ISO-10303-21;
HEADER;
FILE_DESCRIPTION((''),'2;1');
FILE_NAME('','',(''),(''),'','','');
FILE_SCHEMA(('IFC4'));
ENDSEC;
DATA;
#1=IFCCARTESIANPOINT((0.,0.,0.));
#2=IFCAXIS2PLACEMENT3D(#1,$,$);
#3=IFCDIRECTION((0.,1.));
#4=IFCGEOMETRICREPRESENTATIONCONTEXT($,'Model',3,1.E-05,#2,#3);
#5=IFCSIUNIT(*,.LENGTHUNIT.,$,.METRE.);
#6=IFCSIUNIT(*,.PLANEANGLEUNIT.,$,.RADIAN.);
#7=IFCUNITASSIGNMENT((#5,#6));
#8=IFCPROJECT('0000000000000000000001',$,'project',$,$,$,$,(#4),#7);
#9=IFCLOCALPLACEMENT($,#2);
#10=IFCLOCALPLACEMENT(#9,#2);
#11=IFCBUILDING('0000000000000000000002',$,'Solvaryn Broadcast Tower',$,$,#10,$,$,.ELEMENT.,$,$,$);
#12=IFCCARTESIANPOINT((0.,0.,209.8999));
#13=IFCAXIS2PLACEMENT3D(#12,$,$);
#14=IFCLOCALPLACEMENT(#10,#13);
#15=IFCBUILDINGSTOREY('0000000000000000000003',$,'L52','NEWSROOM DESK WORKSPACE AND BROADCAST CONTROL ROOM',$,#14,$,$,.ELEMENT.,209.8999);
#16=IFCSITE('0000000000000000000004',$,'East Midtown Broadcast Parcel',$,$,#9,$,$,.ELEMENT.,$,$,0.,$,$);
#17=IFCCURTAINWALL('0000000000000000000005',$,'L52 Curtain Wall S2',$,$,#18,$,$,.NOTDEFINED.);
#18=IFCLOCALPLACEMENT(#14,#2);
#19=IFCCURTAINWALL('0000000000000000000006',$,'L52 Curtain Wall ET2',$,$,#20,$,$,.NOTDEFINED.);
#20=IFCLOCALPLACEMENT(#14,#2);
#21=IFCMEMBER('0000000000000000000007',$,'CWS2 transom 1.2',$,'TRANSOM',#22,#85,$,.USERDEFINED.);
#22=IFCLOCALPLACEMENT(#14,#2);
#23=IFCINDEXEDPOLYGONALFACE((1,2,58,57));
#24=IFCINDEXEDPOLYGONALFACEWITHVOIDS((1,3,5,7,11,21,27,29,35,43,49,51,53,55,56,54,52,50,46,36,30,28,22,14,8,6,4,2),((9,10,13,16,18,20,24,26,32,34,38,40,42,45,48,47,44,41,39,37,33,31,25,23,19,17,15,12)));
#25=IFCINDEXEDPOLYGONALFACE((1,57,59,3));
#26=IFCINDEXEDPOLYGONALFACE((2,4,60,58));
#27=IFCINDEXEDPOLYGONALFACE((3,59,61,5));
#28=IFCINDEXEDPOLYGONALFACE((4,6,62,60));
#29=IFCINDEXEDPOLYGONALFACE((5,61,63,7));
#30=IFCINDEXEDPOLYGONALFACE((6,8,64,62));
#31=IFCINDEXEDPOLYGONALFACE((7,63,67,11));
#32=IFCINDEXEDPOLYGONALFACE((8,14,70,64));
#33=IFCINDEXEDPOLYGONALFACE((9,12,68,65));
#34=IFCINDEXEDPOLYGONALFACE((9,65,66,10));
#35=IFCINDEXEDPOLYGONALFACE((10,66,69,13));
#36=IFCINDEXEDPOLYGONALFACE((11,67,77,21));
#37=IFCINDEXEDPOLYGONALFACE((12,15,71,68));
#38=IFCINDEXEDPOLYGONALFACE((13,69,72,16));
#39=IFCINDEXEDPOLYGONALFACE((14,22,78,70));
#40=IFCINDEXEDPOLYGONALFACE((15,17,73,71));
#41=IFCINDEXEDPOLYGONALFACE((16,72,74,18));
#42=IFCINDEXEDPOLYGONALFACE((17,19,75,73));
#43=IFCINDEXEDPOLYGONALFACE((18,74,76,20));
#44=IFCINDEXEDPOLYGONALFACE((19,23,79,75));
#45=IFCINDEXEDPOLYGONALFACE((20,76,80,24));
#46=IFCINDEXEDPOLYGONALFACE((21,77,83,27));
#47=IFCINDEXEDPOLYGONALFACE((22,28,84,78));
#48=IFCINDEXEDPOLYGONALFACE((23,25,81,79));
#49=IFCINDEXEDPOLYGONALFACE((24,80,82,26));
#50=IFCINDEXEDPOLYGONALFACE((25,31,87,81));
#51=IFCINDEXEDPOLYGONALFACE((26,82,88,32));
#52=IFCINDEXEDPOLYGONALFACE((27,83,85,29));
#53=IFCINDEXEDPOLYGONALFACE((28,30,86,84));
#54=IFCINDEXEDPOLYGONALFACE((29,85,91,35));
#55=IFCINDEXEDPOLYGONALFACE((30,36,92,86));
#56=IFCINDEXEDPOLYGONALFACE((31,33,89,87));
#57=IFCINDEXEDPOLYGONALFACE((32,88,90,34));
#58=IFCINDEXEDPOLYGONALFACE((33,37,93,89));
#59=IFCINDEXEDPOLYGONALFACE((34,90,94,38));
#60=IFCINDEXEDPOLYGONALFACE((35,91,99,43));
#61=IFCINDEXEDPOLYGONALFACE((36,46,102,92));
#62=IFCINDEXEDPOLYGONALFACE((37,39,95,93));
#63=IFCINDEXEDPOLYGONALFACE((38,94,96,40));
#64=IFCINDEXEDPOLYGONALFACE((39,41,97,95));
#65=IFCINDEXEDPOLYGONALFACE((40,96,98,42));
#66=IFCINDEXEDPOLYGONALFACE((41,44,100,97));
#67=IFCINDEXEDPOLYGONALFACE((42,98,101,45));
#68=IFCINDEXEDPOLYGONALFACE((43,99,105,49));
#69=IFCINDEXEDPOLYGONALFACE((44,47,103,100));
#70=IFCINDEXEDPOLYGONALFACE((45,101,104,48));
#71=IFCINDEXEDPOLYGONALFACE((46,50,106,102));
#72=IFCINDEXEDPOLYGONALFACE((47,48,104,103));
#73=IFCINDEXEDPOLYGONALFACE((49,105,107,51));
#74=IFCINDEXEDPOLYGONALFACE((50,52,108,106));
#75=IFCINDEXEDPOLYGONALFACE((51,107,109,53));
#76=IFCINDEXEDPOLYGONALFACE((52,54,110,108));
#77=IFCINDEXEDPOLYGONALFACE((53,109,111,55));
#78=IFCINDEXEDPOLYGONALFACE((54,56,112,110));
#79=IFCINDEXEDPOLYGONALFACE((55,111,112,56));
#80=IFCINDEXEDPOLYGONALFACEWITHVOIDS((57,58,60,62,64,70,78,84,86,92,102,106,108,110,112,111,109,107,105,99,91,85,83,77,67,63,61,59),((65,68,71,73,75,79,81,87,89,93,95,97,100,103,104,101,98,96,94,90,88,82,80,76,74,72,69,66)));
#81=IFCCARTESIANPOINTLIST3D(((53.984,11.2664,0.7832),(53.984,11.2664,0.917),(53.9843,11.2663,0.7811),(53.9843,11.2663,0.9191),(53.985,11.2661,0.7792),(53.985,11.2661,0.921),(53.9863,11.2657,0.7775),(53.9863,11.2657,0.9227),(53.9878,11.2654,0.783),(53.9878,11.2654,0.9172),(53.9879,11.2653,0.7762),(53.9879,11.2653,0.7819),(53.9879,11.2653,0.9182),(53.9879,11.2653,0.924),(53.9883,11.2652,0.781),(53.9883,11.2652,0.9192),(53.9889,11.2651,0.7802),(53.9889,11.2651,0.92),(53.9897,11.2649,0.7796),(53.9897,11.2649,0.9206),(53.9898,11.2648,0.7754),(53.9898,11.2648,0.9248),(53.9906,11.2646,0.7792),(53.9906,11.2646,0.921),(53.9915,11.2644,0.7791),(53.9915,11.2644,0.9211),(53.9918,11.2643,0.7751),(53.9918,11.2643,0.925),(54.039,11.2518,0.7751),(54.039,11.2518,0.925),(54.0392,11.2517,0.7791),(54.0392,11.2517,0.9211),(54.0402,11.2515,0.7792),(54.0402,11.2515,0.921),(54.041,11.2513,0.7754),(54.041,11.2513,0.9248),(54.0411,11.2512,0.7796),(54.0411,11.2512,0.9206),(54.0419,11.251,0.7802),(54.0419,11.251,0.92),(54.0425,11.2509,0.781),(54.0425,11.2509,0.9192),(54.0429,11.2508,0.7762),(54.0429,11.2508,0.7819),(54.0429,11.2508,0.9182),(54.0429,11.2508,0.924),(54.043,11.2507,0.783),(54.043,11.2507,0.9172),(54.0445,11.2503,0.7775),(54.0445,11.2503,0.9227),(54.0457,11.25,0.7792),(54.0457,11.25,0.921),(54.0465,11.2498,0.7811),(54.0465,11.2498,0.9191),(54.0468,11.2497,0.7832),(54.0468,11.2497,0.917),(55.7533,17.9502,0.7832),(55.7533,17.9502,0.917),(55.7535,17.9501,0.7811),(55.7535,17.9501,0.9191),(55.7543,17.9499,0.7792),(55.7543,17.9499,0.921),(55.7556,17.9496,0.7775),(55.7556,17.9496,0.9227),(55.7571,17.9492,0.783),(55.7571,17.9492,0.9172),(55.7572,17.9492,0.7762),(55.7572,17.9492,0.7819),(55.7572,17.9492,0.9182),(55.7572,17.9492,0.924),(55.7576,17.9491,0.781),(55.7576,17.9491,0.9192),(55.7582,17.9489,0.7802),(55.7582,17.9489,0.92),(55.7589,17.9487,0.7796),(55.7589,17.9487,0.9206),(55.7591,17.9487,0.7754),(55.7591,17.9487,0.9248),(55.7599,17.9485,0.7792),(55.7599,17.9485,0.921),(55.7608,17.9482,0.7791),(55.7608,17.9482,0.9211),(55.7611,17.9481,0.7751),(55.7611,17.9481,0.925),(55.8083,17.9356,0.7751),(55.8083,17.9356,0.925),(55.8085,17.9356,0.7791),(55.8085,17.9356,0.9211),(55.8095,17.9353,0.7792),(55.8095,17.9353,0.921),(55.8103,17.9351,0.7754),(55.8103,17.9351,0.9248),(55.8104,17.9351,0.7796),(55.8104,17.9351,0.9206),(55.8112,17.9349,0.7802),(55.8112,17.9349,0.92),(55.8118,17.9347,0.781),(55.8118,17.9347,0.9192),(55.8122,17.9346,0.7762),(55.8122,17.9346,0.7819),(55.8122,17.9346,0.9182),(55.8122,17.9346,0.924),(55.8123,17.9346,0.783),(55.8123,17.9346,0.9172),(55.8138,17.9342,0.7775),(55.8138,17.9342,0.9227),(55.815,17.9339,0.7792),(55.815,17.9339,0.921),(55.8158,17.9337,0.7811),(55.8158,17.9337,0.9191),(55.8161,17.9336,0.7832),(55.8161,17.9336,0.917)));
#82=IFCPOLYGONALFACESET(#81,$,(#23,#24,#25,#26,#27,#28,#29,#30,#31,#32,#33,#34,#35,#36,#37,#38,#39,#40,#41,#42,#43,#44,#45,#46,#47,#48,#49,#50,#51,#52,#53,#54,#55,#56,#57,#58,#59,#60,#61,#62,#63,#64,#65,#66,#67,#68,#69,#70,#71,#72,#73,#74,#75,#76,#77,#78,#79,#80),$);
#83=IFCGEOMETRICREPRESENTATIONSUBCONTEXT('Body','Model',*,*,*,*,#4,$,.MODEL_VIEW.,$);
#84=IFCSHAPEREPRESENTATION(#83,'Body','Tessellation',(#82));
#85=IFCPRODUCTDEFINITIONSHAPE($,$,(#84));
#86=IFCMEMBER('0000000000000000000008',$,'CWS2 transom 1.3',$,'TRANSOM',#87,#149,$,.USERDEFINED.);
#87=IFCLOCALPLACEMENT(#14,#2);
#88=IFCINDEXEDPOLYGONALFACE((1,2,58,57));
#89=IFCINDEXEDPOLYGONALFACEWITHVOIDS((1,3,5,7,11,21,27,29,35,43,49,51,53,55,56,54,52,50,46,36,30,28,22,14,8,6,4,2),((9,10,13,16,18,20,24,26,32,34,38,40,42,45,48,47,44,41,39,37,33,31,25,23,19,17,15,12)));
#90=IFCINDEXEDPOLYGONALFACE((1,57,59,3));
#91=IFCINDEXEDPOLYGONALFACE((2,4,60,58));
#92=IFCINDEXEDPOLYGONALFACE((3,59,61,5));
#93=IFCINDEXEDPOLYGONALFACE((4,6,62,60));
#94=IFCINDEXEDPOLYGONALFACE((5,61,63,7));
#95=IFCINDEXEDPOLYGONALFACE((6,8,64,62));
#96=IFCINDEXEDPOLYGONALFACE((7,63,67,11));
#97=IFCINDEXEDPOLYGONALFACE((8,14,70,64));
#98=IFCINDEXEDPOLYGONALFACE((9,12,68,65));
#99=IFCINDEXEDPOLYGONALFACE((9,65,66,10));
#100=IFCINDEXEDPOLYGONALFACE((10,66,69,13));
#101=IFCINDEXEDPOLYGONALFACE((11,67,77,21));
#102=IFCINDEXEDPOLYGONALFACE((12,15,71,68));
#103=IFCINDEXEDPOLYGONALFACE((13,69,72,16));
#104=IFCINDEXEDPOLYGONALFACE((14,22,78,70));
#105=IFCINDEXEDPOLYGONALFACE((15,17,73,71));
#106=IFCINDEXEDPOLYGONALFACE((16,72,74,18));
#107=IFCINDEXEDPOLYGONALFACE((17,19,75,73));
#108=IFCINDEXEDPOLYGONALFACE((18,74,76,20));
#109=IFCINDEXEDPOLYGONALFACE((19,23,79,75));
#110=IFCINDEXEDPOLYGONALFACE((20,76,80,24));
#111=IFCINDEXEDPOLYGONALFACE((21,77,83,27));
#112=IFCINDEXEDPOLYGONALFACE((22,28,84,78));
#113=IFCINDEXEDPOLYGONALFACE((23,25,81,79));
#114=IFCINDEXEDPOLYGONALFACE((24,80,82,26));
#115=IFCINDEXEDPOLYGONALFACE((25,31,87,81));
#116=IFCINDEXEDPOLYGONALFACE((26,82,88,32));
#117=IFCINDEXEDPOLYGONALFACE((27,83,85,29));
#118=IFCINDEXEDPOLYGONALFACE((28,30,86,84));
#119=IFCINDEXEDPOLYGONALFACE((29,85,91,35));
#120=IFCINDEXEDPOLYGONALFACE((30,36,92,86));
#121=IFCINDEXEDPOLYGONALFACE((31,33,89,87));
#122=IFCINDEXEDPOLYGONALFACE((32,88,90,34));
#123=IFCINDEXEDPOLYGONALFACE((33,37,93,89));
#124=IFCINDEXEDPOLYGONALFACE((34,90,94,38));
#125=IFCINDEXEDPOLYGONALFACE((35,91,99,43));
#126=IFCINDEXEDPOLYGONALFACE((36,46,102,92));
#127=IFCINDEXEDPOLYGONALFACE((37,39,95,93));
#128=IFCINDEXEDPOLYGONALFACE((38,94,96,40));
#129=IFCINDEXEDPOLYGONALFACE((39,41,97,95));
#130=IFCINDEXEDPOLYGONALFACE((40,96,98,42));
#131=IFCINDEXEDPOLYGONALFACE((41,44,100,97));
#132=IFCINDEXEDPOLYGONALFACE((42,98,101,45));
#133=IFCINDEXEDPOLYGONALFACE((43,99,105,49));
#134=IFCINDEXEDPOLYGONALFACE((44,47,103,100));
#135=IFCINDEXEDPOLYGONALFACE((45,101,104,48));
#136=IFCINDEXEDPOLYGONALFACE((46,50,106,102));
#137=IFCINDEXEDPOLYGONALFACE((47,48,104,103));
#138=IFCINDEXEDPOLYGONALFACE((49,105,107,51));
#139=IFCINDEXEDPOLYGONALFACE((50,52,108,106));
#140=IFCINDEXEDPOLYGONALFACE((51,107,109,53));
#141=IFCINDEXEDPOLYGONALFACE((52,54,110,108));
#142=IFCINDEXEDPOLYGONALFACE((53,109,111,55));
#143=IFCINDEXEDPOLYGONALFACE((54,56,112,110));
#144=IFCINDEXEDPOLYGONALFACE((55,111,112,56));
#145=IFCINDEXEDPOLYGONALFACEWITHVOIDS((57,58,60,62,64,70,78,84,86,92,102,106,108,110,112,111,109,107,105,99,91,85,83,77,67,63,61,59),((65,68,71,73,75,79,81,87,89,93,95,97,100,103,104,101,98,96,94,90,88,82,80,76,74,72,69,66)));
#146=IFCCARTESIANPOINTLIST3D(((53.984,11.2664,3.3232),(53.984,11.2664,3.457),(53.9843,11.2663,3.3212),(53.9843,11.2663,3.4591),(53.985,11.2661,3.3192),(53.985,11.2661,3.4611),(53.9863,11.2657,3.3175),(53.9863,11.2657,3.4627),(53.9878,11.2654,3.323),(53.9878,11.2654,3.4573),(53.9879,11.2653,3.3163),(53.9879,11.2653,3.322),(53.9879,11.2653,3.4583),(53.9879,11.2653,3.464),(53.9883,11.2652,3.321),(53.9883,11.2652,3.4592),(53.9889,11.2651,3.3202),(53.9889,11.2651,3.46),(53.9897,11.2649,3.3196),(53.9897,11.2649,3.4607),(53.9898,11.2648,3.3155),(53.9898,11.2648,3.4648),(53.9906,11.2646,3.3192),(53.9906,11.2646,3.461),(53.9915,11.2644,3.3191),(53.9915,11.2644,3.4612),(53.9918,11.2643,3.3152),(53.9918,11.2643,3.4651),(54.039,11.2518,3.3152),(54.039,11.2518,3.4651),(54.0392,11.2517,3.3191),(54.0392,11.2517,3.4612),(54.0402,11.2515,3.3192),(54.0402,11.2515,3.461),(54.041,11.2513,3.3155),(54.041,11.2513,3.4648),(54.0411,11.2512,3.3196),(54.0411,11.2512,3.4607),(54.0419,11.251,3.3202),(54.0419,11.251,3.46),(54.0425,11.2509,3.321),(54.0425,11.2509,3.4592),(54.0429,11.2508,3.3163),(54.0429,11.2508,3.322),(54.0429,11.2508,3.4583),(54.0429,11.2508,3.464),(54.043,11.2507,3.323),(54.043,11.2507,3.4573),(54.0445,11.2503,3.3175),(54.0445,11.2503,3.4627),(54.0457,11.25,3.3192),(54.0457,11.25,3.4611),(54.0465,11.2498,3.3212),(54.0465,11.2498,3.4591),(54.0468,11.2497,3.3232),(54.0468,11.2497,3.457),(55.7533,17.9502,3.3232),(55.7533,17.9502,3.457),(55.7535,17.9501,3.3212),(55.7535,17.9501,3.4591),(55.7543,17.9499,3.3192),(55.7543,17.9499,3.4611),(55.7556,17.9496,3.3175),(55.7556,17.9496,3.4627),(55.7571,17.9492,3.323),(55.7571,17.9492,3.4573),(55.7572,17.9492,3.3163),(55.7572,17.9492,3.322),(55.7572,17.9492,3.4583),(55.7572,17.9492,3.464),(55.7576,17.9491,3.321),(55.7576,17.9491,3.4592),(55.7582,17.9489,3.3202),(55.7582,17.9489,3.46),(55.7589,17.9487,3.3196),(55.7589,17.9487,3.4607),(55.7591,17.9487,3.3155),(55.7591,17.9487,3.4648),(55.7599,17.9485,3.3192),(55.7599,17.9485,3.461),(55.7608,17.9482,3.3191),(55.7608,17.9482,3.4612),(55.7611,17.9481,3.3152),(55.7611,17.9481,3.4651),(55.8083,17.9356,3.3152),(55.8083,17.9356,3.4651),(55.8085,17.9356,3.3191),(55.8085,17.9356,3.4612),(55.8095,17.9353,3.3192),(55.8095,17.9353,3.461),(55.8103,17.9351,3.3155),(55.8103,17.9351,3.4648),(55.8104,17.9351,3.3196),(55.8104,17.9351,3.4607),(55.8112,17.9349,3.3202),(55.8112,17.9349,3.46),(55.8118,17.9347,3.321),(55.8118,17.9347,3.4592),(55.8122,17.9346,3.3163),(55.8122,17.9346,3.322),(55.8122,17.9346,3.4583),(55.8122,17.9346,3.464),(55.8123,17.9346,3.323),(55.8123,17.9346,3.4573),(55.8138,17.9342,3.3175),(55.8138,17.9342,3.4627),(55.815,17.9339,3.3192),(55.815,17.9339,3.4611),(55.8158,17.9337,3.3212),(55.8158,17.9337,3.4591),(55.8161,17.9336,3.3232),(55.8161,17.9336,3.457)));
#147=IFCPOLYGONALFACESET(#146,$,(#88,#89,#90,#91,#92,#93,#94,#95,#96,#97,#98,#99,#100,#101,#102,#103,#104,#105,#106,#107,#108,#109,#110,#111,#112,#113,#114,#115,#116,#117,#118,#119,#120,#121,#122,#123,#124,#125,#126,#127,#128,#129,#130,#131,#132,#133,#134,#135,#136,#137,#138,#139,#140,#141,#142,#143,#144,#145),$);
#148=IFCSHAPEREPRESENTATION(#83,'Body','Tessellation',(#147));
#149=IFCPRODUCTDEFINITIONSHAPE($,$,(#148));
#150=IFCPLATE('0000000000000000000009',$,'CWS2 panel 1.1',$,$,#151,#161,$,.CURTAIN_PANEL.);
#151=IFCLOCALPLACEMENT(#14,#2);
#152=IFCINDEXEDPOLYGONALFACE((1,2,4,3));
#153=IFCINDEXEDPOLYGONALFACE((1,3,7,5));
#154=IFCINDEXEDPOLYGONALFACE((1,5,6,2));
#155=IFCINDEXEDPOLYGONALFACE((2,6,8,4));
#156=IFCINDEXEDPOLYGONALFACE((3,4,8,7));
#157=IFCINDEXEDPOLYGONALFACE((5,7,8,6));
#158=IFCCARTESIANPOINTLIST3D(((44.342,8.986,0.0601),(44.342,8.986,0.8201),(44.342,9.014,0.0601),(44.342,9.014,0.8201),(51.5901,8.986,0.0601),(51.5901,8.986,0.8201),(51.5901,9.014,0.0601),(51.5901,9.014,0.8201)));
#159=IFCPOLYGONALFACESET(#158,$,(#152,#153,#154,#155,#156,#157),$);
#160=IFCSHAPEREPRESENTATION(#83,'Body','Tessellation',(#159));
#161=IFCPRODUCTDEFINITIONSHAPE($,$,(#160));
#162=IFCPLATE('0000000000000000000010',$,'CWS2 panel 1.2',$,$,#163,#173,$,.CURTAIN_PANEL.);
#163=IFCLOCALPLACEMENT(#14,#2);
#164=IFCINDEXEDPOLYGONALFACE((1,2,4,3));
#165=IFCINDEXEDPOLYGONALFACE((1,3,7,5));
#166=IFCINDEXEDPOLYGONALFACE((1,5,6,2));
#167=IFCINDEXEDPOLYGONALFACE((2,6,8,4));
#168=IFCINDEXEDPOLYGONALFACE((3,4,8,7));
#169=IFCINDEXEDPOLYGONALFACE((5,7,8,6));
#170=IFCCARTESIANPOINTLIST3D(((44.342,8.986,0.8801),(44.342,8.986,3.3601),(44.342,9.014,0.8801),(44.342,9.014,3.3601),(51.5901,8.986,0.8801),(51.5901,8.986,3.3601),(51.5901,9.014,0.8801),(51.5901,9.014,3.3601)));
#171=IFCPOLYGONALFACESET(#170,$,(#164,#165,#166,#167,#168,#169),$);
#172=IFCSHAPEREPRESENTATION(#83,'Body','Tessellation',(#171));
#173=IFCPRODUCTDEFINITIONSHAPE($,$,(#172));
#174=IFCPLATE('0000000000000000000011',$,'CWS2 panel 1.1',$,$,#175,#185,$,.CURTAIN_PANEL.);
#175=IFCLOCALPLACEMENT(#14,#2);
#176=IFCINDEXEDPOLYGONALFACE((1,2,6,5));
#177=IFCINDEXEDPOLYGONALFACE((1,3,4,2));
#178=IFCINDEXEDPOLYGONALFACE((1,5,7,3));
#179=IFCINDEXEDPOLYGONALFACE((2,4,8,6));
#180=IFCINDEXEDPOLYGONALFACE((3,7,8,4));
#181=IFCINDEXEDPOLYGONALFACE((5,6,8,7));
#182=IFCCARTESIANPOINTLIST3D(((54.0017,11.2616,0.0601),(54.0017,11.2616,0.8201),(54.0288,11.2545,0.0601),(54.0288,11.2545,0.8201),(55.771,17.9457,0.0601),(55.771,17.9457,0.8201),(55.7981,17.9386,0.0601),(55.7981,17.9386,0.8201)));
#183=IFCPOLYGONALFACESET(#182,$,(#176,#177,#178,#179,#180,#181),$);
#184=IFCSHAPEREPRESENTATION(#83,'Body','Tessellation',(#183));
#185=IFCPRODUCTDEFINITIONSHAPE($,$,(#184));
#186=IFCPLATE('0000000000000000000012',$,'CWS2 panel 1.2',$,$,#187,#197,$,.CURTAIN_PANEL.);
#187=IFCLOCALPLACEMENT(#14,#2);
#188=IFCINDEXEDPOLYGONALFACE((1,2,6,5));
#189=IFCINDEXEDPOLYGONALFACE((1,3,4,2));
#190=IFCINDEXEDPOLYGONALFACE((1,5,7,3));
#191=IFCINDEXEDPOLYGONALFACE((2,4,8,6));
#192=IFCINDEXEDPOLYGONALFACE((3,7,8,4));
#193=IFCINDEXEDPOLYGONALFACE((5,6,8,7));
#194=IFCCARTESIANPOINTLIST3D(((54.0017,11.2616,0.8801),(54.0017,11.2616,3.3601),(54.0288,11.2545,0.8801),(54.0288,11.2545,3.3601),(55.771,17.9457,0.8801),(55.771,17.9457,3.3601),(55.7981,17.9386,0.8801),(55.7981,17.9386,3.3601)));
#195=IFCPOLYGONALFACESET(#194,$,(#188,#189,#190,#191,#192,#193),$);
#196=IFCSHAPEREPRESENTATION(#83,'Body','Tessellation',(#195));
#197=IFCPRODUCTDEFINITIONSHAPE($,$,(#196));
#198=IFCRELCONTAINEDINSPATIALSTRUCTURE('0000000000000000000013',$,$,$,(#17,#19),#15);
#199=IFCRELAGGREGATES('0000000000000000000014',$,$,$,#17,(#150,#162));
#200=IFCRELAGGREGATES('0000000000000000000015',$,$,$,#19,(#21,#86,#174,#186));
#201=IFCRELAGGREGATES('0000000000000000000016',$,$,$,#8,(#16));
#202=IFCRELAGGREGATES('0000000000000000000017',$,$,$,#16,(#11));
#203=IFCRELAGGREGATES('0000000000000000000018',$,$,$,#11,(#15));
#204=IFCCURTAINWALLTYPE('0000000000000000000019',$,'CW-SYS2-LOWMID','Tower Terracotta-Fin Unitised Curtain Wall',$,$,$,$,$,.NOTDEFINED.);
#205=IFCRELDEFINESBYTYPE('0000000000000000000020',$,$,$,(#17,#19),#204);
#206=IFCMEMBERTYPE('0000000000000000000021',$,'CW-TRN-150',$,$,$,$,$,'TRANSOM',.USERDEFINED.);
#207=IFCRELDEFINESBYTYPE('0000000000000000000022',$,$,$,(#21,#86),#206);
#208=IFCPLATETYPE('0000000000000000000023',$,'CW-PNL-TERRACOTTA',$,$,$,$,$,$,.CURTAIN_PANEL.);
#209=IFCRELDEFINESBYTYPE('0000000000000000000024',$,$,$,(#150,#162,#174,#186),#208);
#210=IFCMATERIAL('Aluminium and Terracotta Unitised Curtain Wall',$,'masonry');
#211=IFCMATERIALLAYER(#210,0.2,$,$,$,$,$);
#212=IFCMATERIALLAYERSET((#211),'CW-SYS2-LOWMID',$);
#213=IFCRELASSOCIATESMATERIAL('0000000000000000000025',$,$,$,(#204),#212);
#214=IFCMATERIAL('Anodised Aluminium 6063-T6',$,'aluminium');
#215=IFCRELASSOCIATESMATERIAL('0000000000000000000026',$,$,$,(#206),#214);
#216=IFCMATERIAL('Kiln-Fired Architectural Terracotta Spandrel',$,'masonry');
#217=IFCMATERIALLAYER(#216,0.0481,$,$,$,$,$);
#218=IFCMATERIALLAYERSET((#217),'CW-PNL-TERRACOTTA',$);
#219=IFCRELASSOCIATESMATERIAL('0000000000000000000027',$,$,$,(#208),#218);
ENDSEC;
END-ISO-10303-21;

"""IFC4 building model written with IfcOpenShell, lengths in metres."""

from ifc_helpers import new_model, si_unit, direction, frame, origin, origin_2d, place, context, subcontext, project, spatial, rectangle, hollow_rectangle, extrude, material, layer, layer_set, material_profile, profile_set, type_object, element, aggregate, save


model = new_model("IFC4")

# Units and contexts
model_context = context("Model", 3, precision=1e-05, world=origin(), true_north=direction((0.0, 1.0)))
body_context = subcontext(model_context, "Body", "Model", "MODEL_VIEW")
ifc_project = project(units=[si_unit("LENGTHUNIT", "METRE"), si_unit("PLANEANGLEUNIT", "RADIAN")], contexts=[model_context])

# Site, building, storey
site_placement = place(None, origin())
site = spatial("IfcSite", under=ifc_project, at=site_placement, Name="East Midtown Broadcast Parcel", CompositionType="ELEMENT", RefElevation=0.0)
building_placement = place(site_placement, origin())
building = spatial("IfcBuilding", under=site, at=building_placement, Name="Solvaryn Broadcast Tower", CompositionType="ELEMENT")
storey_placement = place(building_placement, frame((0.0, 0.0, 209.8999)))
storey = spatial("IfcBuildingStorey", under=building, at=storey_placement, Name="L52", Description="NEWSROOM DESK WORKSPACE AND BROADCAST CONTROL ROOM", CompositionType="ELEMENT", Elevation=209.8999)

# Curtain wall
ifc_material_1 = material(Name="Aluminium and Terracotta Unitised Curtain Wall", Category="masonry")
ifc_layer_1 = layer(ifc_material_1, 0.2)
ifc_layer_set_1 = layer_set([ifc_layer_1], Name="CW-SYS2-LOWMID")
curtain_wall_type = type_object("IfcCurtainWallType", Name="CW-SYS2-LOWMID", Description="Tower Terracotta-Fin Unitised Curtain Wall", PredefinedType="NOTDEFINED", material=ifc_layer_set_1)
curtain_wall_1_placement = place(storey_placement, origin())
curtain_wall_1 = element("IfcCurtainWall", 1, at=curtain_wall_1_placement, inside=storey, type_object=curtain_wall_type, Name="L52 Curtain Wall S2", PredefinedType="NOTDEFINED")

# Curtain wall, members
curtain_wall_2_placement = place(storey_placement, origin())
curtain_wall_2 = element("IfcCurtainWall", 2, at=curtain_wall_2_placement, inside=storey, type_object=curtain_wall_type, Name="L52 Curtain Wall ET2", PredefinedType="NOTDEFINED")
ifc_material_2 = material(Name="Anodised Aluminium 6063-T6", Category="aluminium")
ifc_material_profile_1 = material_profile(ifc_material_2, hollow_rectangle(XDim=0.0649, YDim=0.1499, WallThickness=0.0039, InnerFilletRadius=0.0039, OuterFilletRadius=0.0081, at=origin_2d()))
ifc_profile_set_1 = profile_set([ifc_material_profile_1], Name="Anodised Aluminium 6063-T6")
member_type_1 = type_object("IfcMemberType", Name="CW-TRN-150", ElementType="TRANSOM", PredefinedType="USERDEFINED", material=ifc_profile_set_1)
member_1_placement = place(storey_placement, frame((55.7847, 17.9419, 0.8501), z_axis=(-0.255897, -0.966704, 0.0), x_axis=(0.966704, -0.255897, 0.0)))
member_1 = element("IfcMember", 3, at=member_1_placement, type_object=member_type_1, Name="CWS2 transom 1.2", ObjectType="TRANSOM", PredefinedType="USERDEFINED", context=body_context, shape_type="SweptSolid", body=[
    extrude(hollow_rectangle(XDim=0.0649, YDim=0.1499, WallThickness=0.0039, InnerFilletRadius=0.0039, OuterFilletRadius=0.0081, at=origin_2d()), origin(), (0.0, 0.0, 1.0), 6.9141),
])
member_2_placement = place(storey_placement, frame((55.7847, 17.9419, 3.3901), z_axis=(-0.255897, -0.966704, 0.0), x_axis=(0.966704, -0.255897, 0.0)))
member_2 = element("IfcMember", 4, at=member_2_placement, type_object=member_type_1, Name="CWS2 transom 1.3", ObjectType="TRANSOM", PredefinedType="USERDEFINED", context=body_context, shape_type="SweptSolid", body=[
    extrude(hollow_rectangle(XDim=0.0649, YDim=0.1499, WallThickness=0.0039, InnerFilletRadius=0.0039, OuterFilletRadius=0.0081, at=origin_2d()), origin(), (0.0, 0.0, 1.0), 6.9141),
])

# Plates
ifc_material_3 = material(Name="Kiln-Fired Architectural Terracotta Spandrel", Category="masonry")
ifc_layer_2 = layer(ifc_material_3, 0.0481)
ifc_layer_set_2 = layer_set([ifc_layer_2], Name="CW-PNL-TERRACOTTA")
plate_type = type_object("IfcPlateType", Name="CW-PNL-TERRACOTTA", PredefinedType="CURTAIN_PANEL", material=ifc_layer_set_2)
plate_1_placement = place(storey_placement, frame((47.9661, 9.0, 0.0601), z_axis=(0.0, 0.0, 1.0), x_axis=(1.0, 0.0, 0.0)))
plate_1 = element("IfcPlate", 5, at=plate_1_placement, type_object=plate_type, Name="CWS2 panel 1.1", PredefinedType="CURTAIN_PANEL", context=body_context, shape_type="SweptSolid", body=[
    extrude(rectangle(XDim=7.248, YDim=0.0281, at=origin_2d()), origin(), (0.0, 0.0, 1.0), 0.76),
])
plate_2_placement = place(storey_placement, frame((47.9661, 9.0, 0.8801), z_axis=(0.0, 0.0, 1.0), x_axis=(1.0, 0.0, 0.0)))
plate_2 = element("IfcPlate", 6, at=plate_2_placement, type_object=plate_type, Name="CWS2 panel 1.2", PredefinedType="CURTAIN_PANEL", context=body_context, shape_type="SweptSolid", body=[
    extrude(rectangle(XDim=7.248, YDim=0.0281, at=origin_2d()), origin(), (0.0, 0.0, 1.0), 2.48),
])
aggregate(curtain_wall_1, [plate_1, plate_2])
plate_3_placement = place(storey_placement, frame((54.8999, 14.6001, 0.0601), z_axis=(0.0, 0.0, 1.0), x_axis=(-0.255893, -0.966705, 0.0)))
plate_3 = element("IfcPlate", 7, at=plate_3_placement, type_object=plate_type, Name="CWS2 panel 1.1", PredefinedType="CURTAIN_PANEL", context=body_context, shape_type="SweptSolid", body=[
    extrude(rectangle(XDim=6.9143, YDim=0.0281, at=origin_2d()), origin(), (0.0, 0.0, 1.0), 0.76),
])
plate_4_placement = place(storey_placement, frame((54.8999, 14.6001, 0.8801), z_axis=(0.0, 0.0, 1.0), x_axis=(-0.255893, -0.966705, 0.0)))
plate_4 = element("IfcPlate", 8, at=plate_4_placement, type_object=plate_type, Name="CWS2 panel 1.2", PredefinedType="CURTAIN_PANEL", context=body_context, shape_type="SweptSolid", body=[
    extrude(rectangle(XDim=6.9143, YDim=0.0281, at=origin_2d()), origin(), (0.0, 0.0, 1.0), 2.48),
])
aggregate(curtain_wall_2, [member_1, member_2, plate_3, plate_4])

save(model, "model.ifc")
